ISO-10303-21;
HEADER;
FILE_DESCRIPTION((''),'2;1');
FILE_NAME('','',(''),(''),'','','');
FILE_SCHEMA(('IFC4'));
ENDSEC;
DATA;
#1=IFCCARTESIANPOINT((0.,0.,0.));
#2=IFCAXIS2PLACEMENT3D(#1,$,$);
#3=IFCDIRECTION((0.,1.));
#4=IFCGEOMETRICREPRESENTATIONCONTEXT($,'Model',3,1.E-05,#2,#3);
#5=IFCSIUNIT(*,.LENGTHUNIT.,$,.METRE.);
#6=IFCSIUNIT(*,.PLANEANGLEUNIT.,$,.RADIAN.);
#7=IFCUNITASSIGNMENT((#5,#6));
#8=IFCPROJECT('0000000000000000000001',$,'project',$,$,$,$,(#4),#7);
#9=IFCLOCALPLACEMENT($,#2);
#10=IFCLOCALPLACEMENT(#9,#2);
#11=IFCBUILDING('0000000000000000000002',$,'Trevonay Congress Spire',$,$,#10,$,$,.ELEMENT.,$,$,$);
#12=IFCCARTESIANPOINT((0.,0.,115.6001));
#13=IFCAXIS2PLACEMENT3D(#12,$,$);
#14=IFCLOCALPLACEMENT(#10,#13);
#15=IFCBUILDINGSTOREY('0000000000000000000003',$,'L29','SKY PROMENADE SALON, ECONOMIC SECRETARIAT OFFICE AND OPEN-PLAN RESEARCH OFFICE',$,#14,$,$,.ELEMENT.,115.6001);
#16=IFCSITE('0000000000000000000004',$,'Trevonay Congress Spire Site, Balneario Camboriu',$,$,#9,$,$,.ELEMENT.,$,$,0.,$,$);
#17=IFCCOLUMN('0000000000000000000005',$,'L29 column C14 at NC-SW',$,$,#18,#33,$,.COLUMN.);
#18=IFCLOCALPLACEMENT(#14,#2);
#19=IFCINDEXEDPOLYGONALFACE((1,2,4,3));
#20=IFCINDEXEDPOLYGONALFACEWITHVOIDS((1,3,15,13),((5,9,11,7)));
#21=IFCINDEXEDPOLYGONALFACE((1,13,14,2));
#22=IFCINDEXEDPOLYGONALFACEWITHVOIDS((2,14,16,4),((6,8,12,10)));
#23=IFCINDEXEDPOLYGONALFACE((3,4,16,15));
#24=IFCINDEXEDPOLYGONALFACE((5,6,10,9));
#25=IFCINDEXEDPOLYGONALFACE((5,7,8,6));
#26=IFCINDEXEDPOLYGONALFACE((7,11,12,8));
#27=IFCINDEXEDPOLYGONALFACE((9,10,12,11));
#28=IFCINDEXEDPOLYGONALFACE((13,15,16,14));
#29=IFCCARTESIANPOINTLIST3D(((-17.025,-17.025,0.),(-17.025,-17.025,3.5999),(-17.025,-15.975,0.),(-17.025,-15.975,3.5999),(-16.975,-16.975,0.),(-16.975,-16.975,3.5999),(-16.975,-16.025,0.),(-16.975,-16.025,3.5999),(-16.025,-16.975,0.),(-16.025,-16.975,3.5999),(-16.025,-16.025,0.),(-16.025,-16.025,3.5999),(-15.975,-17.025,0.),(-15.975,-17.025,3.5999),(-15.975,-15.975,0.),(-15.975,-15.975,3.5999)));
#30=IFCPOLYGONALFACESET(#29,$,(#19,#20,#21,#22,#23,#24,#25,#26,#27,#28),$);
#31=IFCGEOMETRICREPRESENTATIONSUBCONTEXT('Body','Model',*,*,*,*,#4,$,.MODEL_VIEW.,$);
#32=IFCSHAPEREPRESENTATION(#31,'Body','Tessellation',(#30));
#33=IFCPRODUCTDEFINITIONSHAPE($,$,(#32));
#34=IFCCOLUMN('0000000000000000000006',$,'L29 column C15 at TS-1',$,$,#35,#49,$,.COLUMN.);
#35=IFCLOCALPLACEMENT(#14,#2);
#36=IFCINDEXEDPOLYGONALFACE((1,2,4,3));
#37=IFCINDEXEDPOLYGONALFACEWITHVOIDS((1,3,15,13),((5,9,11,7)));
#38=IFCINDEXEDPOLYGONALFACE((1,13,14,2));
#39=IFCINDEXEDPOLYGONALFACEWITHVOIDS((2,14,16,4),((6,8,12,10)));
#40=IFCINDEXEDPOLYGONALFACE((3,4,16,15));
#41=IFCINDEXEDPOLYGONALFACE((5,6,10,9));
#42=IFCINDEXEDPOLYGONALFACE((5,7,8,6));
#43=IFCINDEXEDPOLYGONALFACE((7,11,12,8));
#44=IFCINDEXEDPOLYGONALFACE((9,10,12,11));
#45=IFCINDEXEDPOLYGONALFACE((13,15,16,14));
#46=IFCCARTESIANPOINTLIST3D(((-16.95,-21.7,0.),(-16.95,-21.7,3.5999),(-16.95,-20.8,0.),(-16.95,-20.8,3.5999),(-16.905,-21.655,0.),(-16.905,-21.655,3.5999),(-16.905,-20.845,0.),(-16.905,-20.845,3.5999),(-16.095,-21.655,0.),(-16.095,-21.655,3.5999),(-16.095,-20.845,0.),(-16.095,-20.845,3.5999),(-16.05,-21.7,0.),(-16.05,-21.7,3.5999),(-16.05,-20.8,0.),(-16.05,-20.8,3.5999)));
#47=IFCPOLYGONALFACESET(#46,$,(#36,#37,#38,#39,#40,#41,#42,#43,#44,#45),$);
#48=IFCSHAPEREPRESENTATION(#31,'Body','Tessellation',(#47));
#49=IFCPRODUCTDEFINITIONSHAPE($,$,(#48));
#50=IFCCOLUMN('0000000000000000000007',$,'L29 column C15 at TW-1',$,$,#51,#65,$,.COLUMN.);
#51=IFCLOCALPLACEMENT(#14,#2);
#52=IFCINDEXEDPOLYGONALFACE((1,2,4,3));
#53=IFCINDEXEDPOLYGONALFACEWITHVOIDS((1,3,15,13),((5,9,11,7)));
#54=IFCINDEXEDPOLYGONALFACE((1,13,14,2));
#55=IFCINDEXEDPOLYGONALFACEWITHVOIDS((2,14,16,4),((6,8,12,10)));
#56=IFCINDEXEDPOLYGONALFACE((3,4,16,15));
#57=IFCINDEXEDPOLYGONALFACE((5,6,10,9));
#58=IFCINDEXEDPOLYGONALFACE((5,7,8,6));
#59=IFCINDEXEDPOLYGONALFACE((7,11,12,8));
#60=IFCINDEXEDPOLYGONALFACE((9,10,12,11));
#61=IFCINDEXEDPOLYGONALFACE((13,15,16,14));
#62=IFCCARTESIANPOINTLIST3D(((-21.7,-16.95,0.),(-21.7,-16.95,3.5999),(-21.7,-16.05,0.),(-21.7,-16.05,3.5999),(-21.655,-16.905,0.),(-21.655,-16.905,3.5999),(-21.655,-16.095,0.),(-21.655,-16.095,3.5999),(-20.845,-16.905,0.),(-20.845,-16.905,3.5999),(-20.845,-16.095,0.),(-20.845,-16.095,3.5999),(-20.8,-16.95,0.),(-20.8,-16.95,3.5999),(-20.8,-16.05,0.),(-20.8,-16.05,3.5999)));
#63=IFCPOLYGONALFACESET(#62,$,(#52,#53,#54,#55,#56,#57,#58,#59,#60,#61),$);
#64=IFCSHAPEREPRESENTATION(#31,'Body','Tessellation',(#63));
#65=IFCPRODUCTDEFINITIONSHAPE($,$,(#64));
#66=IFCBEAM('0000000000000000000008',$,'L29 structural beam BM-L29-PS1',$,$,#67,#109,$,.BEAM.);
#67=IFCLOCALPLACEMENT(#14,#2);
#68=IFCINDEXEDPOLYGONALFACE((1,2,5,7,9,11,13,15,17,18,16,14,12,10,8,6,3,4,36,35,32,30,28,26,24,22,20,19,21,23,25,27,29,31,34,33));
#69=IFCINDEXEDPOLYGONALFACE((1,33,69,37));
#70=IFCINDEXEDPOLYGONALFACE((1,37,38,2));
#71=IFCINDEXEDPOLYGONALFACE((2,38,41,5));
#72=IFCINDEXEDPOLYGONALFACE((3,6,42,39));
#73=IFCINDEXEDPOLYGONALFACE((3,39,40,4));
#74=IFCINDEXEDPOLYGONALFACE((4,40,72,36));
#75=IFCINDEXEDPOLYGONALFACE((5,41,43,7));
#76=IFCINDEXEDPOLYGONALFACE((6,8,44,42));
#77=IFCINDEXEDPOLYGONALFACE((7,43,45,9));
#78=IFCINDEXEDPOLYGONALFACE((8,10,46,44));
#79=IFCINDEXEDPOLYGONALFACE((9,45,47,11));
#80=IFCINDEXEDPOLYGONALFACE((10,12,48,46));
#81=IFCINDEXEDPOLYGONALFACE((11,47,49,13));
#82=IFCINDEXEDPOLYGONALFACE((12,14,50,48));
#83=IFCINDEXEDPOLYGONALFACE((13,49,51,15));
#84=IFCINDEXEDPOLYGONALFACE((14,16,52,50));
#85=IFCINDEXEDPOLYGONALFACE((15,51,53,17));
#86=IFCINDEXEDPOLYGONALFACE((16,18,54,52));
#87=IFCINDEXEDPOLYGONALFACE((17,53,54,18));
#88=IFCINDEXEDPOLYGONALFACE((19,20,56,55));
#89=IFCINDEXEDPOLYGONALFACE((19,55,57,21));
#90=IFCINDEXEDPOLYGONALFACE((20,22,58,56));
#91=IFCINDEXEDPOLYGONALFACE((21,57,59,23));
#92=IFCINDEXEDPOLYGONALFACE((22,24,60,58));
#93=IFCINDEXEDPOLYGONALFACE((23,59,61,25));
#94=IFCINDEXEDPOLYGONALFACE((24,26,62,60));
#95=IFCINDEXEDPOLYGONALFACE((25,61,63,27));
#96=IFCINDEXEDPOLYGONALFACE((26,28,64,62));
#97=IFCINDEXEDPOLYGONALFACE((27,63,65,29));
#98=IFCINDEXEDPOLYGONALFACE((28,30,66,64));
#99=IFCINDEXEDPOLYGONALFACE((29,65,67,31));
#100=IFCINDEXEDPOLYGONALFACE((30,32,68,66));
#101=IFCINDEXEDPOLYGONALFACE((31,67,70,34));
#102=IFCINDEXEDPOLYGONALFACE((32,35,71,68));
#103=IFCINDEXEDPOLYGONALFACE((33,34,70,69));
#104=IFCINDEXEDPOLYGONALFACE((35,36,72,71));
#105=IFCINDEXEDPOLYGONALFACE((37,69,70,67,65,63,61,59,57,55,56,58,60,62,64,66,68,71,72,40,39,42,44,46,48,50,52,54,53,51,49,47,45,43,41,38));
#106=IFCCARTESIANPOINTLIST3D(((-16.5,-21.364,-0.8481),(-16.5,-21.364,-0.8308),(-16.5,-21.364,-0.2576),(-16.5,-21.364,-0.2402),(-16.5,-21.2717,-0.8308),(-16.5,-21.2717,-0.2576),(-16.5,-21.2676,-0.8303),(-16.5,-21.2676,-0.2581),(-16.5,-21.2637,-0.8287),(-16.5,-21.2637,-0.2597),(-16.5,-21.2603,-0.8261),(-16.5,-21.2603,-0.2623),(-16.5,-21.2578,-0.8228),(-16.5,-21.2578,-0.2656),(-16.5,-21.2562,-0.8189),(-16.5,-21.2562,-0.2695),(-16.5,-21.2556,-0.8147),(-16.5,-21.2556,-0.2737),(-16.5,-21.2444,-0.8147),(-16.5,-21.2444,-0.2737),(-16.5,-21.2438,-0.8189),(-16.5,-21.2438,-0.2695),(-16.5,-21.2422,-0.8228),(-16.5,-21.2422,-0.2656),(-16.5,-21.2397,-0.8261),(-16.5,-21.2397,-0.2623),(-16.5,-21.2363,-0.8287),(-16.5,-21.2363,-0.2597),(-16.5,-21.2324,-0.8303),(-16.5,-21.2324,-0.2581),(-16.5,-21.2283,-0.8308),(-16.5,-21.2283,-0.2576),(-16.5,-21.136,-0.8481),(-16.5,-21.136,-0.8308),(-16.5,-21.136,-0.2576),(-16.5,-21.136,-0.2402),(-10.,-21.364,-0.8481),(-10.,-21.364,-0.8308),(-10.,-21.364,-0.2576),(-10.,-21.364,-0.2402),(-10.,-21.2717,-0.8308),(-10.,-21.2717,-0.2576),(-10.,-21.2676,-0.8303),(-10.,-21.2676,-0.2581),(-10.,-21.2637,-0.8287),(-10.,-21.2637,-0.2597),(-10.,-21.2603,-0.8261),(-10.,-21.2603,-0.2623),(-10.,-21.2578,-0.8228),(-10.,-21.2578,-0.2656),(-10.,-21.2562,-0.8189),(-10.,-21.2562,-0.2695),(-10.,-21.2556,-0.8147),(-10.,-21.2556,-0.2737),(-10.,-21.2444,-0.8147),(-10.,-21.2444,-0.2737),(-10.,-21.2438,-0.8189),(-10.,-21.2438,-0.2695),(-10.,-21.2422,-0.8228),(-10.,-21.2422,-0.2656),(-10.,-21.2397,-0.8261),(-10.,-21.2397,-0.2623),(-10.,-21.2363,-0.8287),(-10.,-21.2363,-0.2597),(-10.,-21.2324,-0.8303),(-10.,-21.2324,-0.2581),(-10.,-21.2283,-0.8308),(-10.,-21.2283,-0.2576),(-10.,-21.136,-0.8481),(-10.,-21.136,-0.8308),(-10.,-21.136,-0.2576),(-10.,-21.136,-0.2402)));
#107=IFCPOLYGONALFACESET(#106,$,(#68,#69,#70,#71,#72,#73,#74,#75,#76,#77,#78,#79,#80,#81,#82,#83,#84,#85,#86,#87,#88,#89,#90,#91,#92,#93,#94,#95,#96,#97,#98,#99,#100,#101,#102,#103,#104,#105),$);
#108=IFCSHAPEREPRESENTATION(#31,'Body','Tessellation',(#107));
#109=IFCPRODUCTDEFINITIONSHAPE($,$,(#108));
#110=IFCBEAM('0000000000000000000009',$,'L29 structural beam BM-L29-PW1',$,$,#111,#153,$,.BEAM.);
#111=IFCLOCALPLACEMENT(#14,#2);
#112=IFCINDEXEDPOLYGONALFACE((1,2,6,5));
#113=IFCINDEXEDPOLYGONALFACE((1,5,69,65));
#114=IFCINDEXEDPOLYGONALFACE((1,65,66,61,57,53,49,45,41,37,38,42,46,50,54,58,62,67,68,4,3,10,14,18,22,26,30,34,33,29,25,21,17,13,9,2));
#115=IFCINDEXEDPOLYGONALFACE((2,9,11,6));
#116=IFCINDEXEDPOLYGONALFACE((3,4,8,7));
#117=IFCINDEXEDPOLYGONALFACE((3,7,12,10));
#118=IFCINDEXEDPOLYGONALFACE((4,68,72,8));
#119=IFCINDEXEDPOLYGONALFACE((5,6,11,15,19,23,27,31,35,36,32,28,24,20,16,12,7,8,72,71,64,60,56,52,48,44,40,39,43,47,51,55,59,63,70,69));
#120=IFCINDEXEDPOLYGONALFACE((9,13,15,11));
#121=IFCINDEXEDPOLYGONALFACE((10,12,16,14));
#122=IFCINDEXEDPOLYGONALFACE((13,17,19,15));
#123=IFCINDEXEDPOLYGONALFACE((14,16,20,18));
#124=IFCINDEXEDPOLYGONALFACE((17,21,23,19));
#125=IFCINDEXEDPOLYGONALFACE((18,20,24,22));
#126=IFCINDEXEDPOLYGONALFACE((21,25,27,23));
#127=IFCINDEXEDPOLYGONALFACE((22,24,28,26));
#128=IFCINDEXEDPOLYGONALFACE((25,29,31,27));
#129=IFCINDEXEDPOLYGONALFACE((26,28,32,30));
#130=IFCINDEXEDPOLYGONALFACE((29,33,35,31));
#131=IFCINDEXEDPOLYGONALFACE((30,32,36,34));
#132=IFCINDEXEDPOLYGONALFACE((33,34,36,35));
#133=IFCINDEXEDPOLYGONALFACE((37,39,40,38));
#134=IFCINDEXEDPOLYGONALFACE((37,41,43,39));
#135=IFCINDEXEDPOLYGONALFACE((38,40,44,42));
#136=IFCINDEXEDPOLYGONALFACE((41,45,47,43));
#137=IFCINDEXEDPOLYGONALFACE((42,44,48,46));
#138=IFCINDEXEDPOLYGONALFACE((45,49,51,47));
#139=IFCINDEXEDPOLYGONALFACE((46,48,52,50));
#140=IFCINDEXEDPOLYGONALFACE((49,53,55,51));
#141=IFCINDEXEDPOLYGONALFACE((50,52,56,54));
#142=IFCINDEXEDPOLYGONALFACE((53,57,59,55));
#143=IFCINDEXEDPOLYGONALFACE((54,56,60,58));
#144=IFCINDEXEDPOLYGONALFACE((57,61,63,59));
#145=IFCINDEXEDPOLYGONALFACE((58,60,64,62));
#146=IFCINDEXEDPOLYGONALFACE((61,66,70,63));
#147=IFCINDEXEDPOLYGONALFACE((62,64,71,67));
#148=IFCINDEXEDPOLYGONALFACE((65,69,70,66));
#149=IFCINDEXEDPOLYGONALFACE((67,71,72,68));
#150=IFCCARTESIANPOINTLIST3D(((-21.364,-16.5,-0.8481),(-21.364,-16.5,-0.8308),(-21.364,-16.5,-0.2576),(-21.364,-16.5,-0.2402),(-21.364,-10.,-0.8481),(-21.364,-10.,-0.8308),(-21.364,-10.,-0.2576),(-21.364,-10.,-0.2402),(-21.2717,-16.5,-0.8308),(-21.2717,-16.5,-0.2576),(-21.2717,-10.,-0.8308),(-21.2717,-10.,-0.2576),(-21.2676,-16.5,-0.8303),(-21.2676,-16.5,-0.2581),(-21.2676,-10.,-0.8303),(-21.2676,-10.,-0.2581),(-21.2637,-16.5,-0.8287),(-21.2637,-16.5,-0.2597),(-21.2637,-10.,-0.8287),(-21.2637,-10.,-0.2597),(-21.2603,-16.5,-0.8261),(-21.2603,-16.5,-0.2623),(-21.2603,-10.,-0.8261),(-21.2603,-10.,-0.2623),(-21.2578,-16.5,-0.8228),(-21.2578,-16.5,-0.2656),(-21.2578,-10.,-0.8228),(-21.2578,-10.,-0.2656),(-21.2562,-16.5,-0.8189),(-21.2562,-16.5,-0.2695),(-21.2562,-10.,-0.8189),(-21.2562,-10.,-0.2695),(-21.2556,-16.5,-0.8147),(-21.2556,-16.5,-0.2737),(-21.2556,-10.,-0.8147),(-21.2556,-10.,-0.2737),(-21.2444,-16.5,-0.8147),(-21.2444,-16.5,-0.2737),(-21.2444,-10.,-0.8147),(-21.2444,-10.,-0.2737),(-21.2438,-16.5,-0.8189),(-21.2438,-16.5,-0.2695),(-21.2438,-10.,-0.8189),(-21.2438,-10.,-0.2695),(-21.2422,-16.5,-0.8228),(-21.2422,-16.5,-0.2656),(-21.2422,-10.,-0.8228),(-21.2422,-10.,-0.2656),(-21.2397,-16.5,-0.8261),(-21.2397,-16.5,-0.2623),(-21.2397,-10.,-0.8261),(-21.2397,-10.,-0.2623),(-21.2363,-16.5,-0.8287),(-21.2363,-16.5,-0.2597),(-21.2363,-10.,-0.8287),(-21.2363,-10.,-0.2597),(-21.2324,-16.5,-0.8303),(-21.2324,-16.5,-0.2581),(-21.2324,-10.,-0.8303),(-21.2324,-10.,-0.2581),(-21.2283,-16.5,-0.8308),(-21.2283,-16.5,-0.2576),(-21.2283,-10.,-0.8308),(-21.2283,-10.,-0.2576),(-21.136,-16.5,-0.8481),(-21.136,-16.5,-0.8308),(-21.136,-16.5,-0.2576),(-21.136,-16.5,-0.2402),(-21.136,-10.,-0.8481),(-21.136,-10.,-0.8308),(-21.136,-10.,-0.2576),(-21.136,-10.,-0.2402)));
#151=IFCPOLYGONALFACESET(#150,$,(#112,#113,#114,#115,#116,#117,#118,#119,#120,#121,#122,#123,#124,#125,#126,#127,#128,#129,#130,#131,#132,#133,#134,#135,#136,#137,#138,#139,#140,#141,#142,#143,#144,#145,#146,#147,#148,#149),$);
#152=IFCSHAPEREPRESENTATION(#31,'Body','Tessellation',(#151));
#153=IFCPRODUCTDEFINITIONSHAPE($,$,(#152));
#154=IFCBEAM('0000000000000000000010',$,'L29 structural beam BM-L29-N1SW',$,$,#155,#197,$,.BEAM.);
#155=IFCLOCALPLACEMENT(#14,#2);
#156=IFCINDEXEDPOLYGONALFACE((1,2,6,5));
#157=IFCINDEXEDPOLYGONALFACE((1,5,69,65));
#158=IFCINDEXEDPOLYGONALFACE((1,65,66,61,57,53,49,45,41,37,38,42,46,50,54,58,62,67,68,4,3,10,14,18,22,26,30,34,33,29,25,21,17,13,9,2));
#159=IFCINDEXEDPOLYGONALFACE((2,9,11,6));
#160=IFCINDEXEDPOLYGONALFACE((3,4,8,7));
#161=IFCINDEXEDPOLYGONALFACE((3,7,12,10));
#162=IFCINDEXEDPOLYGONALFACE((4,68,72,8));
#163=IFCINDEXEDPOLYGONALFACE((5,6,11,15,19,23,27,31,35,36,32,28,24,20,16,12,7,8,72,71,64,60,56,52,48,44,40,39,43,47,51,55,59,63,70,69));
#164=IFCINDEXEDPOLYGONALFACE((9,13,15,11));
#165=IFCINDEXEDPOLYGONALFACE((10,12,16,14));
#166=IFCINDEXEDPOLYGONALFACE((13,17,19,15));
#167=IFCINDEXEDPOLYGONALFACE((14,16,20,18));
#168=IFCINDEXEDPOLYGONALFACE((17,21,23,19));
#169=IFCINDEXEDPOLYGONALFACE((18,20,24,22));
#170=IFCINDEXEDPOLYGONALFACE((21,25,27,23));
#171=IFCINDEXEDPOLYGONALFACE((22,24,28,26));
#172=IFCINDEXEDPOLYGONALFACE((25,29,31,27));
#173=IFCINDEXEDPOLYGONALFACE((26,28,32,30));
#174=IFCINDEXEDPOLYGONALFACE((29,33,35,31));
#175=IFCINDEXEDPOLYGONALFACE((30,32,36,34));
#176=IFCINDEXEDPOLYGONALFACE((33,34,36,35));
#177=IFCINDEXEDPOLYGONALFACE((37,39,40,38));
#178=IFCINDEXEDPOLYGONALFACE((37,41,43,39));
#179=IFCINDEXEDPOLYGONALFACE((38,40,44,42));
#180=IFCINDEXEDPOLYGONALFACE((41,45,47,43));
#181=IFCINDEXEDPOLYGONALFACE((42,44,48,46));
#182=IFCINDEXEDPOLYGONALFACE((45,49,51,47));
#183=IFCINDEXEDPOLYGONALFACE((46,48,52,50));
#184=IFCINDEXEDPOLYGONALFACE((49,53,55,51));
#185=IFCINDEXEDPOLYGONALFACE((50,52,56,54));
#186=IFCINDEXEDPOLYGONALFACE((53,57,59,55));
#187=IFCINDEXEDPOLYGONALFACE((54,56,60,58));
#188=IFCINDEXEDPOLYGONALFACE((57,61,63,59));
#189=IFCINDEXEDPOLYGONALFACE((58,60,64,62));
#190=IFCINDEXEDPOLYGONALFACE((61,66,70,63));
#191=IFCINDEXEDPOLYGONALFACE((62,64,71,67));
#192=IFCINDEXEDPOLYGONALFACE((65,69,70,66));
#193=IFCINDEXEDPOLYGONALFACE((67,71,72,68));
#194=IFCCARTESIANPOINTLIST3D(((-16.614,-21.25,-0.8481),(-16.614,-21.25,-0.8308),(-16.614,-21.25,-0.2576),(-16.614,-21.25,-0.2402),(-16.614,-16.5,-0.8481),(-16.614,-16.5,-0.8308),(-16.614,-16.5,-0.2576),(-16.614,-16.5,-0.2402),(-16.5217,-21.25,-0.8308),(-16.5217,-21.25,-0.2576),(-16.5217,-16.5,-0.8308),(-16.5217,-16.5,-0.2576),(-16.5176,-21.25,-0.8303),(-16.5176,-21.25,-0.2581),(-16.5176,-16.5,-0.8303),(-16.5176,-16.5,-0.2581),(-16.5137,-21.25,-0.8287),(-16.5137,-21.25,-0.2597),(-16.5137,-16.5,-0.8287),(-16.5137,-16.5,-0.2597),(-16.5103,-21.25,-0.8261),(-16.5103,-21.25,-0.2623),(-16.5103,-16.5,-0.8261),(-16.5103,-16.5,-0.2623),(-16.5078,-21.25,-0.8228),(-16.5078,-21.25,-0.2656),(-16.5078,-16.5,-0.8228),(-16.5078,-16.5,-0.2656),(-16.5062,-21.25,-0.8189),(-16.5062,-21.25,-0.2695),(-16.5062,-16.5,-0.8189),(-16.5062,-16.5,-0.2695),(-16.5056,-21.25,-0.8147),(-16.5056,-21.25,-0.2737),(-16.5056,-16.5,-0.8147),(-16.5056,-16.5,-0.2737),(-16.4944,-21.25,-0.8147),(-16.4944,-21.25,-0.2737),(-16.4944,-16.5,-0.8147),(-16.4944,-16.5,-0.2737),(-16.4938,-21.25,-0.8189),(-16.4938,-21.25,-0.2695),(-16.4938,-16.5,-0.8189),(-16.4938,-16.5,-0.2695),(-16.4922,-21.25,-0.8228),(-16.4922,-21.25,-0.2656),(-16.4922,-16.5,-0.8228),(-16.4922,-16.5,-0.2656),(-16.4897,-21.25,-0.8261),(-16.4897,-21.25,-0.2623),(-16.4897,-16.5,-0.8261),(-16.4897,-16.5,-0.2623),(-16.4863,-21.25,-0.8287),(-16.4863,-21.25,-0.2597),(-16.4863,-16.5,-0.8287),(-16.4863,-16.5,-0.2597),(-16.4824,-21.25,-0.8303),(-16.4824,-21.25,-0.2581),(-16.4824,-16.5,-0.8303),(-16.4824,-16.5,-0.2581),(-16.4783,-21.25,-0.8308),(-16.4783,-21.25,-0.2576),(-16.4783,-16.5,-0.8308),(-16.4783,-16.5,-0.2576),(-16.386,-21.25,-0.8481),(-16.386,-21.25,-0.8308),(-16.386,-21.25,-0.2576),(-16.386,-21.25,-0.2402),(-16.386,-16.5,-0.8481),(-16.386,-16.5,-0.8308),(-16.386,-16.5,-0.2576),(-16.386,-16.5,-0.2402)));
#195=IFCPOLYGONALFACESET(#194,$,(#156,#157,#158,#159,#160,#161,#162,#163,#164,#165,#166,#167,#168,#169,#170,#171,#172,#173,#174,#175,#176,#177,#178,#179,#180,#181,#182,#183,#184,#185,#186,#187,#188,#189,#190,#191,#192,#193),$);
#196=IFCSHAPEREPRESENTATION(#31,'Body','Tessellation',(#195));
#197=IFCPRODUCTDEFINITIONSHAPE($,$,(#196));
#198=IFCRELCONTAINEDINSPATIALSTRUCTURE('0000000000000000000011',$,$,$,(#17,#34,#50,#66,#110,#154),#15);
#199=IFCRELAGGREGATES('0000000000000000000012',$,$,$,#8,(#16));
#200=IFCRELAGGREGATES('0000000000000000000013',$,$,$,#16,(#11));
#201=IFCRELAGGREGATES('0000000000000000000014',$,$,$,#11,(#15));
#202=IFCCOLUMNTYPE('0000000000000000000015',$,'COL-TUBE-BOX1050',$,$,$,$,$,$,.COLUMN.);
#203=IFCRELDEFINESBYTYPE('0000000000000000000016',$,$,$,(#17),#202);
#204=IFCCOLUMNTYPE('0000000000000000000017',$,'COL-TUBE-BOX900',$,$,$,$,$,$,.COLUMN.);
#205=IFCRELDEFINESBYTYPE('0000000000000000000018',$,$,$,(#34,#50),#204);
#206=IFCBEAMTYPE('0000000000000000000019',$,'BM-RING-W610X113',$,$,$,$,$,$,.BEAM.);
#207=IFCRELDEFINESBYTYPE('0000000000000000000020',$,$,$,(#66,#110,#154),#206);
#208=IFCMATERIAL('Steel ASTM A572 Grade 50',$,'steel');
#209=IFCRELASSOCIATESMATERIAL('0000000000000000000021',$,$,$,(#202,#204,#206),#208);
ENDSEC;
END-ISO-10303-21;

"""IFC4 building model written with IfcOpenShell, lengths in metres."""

from ifc_helpers import new_model, si_unit, direction, frame, origin, origin_2d, place, context, subcontext, project, spatial, hollow_rectangle, i_section, extrude, material, material_profile, profile_set, type_object, element, save


model = new_model("IFC4")

# Units and contexts
model_context = context("Model", 3, precision=1e-05, world=origin(), true_north=direction((0.0, 1.0)))
body_context = subcontext(model_context, "Body", "Model", "MODEL_VIEW")
ifc_project = project(units=[si_unit("LENGTHUNIT", "METRE"), si_unit("PLANEANGLEUNIT", "RADIAN")], contexts=[model_context])

# Site, building, storey
site_placement = place(None, origin())
site = spatial("IfcSite", under=ifc_project, at=site_placement, Name="Trevonay Congress Spire Site, Balneario Camboriu", CompositionType="ELEMENT", RefElevation=0.0)
building_placement = place(site_placement, origin())
building = spatial("IfcBuilding", under=site, at=building_placement, Name="Trevonay Congress Spire", CompositionType="ELEMENT")
storey_placement = place(building_placement, frame((0.0, 0.0, 115.6001)))
storey = spatial("IfcBuildingStorey", under=building, at=storey_placement, Name="L29", Description="SKY PROMENADE SALON, ECONOMIC SECRETARIAT OFFICE AND OPEN-PLAN RESEARCH OFFICE", CompositionType="ELEMENT", Elevation=115.6001)

# Columns
ifc_material_1 = material(Name="Steel ASTM A572 Grade 50", Category="steel")
ifc_material_profile_1 = material_profile(ifc_material_1, hollow_rectangle(XDim=1.05, YDim=1.05, WallThickness=0.05, at=origin_2d()), Name="BOX 1050x1050x50")
ifc_profile_set_1 = profile_set([ifc_material_profile_1], Name="Steel ASTM A572 Grade 50")
column_type_1 = type_object("IfcColumnType", Name="COL-TUBE-BOX1050", PredefinedType="COLUMN", material=ifc_profile_set_1)
column_placement = place(storey_placement, frame((-16.5, -16.5, 0.0), z_axis=(0.0, 0.0, 1.0), x_axis=(1.0, 0.0, 0.0)))
element("IfcColumn", 1, at=column_placement, inside=storey, type_object=column_type_1, Name="L29 column C14 at NC-SW", PredefinedType="COLUMN", context=body_context, shape_type="SweptSolid", body=[
    extrude(hollow_rectangle(XDim=1.05, YDim=1.05, WallThickness=0.05, at=origin_2d()), origin(), (0.0, 0.0, 1.0), 3.5999),
])
ifc_material_profile_2 = material_profile(ifc_material_1, hollow_rectangle(XDim=0.8999, YDim=0.8999, WallThickness=0.0449, at=origin_2d()), Name="BOX 900x900x45")
ifc_profile_set_2 = profile_set([ifc_material_profile_2], Name="Steel ASTM A572 Grade 50")
column_type_2 = type_object("IfcColumnType", Name="COL-TUBE-BOX900", PredefinedType="COLUMN", material=ifc_profile_set_2)
for number, where, z_axis, x_axis, name in (
    (2, (-16.5, -21.25, 0.0), (0.0, 0.0, 1.0), (1.0, 0.0, 0.0), "L29 column C15 at TS-1"),
    (3, (-21.25, -16.5, 0.0), (0.0, 0.0, 1.0), (1.0, 0.0, 0.0), "L29 column C15 at TW-1"),
):
    element("IfcColumn", number, at=place(storey_placement, frame(where, z_axis=z_axis, x_axis=x_axis)), inside=storey, type_object=column_type_2, Name=name, PredefinedType="COLUMN", context=body_context, shape_type="SweptSolid", body=[
        extrude(hollow_rectangle(XDim=0.8999, YDim=0.8999, WallThickness=0.0449, at=origin_2d()), origin(), (0.0, 0.0, 1.0), 3.5999),
    ])

# Beams
ifc_material_profile_3 = material_profile(ifc_material_1, i_section(OverallWidth=0.228, OverallDepth=0.6079, WebThickness=0.0112, FlangeThickness=0.0173, FilletRadius=0.0161, at=origin_2d()), Name="W610x113")
ifc_profile_set_3 = profile_set([ifc_material_profile_3], Name="Steel ASTM A572 Grade 50")
beam_type = type_object("IfcBeamType", Name="BM-RING-W610X113", PredefinedType="BEAM", material=ifc_profile_set_3)
for number, where, z_axis, x_axis, name in (
    (4, (-16.5, -21.25, -0.5442), (1.0, 0.0, 0.0), (0.0, 1.0, 0.0), "L29 structural beam BM-L29-PS1"),
    (5, (-21.25, -16.5, -0.5442), (0.0, 1.0, 0.0), (-1.0, 0.0, 0.0), "L29 structural beam BM-L29-PW1"),
):
    element("IfcBeam", number, at=place(storey_placement, frame(where, z_axis=z_axis, x_axis=x_axis)), inside=storey, type_object=beam_type, Name=name, PredefinedType="BEAM", context=body_context, shape_type="SweptSolid", body=[
        extrude(i_section(OverallWidth=0.228, OverallDepth=0.6079, WebThickness=0.0112, FlangeThickness=0.0173, FilletRadius=0.0161, at=origin_2d()), origin(), (0.0, 0.0, 1.0), 6.5),
    ])
for number, where, z_axis, x_axis, name in (
    (6, (-16.5, -21.25, -0.5442), (0.0, 1.0, 0.0), (-1.0, 0.0, 0.0), "L29 structural beam BM-L29-N1SW"),
):
    element("IfcBeam", number, at=place(storey_placement, frame(where, z_axis=z_axis, x_axis=x_axis)), inside=storey, type_object=beam_type, Name=name, PredefinedType="BEAM", context=body_context, shape_type="SweptSolid", body=[
        extrude(i_section(OverallWidth=0.228, OverallDepth=0.6079, WebThickness=0.0112, FlangeThickness=0.0173, FilletRadius=0.0161, at=origin_2d()), origin(), (0.0, 0.0, 1.0), 4.75),
    ])

save(model, "model.ifc")
